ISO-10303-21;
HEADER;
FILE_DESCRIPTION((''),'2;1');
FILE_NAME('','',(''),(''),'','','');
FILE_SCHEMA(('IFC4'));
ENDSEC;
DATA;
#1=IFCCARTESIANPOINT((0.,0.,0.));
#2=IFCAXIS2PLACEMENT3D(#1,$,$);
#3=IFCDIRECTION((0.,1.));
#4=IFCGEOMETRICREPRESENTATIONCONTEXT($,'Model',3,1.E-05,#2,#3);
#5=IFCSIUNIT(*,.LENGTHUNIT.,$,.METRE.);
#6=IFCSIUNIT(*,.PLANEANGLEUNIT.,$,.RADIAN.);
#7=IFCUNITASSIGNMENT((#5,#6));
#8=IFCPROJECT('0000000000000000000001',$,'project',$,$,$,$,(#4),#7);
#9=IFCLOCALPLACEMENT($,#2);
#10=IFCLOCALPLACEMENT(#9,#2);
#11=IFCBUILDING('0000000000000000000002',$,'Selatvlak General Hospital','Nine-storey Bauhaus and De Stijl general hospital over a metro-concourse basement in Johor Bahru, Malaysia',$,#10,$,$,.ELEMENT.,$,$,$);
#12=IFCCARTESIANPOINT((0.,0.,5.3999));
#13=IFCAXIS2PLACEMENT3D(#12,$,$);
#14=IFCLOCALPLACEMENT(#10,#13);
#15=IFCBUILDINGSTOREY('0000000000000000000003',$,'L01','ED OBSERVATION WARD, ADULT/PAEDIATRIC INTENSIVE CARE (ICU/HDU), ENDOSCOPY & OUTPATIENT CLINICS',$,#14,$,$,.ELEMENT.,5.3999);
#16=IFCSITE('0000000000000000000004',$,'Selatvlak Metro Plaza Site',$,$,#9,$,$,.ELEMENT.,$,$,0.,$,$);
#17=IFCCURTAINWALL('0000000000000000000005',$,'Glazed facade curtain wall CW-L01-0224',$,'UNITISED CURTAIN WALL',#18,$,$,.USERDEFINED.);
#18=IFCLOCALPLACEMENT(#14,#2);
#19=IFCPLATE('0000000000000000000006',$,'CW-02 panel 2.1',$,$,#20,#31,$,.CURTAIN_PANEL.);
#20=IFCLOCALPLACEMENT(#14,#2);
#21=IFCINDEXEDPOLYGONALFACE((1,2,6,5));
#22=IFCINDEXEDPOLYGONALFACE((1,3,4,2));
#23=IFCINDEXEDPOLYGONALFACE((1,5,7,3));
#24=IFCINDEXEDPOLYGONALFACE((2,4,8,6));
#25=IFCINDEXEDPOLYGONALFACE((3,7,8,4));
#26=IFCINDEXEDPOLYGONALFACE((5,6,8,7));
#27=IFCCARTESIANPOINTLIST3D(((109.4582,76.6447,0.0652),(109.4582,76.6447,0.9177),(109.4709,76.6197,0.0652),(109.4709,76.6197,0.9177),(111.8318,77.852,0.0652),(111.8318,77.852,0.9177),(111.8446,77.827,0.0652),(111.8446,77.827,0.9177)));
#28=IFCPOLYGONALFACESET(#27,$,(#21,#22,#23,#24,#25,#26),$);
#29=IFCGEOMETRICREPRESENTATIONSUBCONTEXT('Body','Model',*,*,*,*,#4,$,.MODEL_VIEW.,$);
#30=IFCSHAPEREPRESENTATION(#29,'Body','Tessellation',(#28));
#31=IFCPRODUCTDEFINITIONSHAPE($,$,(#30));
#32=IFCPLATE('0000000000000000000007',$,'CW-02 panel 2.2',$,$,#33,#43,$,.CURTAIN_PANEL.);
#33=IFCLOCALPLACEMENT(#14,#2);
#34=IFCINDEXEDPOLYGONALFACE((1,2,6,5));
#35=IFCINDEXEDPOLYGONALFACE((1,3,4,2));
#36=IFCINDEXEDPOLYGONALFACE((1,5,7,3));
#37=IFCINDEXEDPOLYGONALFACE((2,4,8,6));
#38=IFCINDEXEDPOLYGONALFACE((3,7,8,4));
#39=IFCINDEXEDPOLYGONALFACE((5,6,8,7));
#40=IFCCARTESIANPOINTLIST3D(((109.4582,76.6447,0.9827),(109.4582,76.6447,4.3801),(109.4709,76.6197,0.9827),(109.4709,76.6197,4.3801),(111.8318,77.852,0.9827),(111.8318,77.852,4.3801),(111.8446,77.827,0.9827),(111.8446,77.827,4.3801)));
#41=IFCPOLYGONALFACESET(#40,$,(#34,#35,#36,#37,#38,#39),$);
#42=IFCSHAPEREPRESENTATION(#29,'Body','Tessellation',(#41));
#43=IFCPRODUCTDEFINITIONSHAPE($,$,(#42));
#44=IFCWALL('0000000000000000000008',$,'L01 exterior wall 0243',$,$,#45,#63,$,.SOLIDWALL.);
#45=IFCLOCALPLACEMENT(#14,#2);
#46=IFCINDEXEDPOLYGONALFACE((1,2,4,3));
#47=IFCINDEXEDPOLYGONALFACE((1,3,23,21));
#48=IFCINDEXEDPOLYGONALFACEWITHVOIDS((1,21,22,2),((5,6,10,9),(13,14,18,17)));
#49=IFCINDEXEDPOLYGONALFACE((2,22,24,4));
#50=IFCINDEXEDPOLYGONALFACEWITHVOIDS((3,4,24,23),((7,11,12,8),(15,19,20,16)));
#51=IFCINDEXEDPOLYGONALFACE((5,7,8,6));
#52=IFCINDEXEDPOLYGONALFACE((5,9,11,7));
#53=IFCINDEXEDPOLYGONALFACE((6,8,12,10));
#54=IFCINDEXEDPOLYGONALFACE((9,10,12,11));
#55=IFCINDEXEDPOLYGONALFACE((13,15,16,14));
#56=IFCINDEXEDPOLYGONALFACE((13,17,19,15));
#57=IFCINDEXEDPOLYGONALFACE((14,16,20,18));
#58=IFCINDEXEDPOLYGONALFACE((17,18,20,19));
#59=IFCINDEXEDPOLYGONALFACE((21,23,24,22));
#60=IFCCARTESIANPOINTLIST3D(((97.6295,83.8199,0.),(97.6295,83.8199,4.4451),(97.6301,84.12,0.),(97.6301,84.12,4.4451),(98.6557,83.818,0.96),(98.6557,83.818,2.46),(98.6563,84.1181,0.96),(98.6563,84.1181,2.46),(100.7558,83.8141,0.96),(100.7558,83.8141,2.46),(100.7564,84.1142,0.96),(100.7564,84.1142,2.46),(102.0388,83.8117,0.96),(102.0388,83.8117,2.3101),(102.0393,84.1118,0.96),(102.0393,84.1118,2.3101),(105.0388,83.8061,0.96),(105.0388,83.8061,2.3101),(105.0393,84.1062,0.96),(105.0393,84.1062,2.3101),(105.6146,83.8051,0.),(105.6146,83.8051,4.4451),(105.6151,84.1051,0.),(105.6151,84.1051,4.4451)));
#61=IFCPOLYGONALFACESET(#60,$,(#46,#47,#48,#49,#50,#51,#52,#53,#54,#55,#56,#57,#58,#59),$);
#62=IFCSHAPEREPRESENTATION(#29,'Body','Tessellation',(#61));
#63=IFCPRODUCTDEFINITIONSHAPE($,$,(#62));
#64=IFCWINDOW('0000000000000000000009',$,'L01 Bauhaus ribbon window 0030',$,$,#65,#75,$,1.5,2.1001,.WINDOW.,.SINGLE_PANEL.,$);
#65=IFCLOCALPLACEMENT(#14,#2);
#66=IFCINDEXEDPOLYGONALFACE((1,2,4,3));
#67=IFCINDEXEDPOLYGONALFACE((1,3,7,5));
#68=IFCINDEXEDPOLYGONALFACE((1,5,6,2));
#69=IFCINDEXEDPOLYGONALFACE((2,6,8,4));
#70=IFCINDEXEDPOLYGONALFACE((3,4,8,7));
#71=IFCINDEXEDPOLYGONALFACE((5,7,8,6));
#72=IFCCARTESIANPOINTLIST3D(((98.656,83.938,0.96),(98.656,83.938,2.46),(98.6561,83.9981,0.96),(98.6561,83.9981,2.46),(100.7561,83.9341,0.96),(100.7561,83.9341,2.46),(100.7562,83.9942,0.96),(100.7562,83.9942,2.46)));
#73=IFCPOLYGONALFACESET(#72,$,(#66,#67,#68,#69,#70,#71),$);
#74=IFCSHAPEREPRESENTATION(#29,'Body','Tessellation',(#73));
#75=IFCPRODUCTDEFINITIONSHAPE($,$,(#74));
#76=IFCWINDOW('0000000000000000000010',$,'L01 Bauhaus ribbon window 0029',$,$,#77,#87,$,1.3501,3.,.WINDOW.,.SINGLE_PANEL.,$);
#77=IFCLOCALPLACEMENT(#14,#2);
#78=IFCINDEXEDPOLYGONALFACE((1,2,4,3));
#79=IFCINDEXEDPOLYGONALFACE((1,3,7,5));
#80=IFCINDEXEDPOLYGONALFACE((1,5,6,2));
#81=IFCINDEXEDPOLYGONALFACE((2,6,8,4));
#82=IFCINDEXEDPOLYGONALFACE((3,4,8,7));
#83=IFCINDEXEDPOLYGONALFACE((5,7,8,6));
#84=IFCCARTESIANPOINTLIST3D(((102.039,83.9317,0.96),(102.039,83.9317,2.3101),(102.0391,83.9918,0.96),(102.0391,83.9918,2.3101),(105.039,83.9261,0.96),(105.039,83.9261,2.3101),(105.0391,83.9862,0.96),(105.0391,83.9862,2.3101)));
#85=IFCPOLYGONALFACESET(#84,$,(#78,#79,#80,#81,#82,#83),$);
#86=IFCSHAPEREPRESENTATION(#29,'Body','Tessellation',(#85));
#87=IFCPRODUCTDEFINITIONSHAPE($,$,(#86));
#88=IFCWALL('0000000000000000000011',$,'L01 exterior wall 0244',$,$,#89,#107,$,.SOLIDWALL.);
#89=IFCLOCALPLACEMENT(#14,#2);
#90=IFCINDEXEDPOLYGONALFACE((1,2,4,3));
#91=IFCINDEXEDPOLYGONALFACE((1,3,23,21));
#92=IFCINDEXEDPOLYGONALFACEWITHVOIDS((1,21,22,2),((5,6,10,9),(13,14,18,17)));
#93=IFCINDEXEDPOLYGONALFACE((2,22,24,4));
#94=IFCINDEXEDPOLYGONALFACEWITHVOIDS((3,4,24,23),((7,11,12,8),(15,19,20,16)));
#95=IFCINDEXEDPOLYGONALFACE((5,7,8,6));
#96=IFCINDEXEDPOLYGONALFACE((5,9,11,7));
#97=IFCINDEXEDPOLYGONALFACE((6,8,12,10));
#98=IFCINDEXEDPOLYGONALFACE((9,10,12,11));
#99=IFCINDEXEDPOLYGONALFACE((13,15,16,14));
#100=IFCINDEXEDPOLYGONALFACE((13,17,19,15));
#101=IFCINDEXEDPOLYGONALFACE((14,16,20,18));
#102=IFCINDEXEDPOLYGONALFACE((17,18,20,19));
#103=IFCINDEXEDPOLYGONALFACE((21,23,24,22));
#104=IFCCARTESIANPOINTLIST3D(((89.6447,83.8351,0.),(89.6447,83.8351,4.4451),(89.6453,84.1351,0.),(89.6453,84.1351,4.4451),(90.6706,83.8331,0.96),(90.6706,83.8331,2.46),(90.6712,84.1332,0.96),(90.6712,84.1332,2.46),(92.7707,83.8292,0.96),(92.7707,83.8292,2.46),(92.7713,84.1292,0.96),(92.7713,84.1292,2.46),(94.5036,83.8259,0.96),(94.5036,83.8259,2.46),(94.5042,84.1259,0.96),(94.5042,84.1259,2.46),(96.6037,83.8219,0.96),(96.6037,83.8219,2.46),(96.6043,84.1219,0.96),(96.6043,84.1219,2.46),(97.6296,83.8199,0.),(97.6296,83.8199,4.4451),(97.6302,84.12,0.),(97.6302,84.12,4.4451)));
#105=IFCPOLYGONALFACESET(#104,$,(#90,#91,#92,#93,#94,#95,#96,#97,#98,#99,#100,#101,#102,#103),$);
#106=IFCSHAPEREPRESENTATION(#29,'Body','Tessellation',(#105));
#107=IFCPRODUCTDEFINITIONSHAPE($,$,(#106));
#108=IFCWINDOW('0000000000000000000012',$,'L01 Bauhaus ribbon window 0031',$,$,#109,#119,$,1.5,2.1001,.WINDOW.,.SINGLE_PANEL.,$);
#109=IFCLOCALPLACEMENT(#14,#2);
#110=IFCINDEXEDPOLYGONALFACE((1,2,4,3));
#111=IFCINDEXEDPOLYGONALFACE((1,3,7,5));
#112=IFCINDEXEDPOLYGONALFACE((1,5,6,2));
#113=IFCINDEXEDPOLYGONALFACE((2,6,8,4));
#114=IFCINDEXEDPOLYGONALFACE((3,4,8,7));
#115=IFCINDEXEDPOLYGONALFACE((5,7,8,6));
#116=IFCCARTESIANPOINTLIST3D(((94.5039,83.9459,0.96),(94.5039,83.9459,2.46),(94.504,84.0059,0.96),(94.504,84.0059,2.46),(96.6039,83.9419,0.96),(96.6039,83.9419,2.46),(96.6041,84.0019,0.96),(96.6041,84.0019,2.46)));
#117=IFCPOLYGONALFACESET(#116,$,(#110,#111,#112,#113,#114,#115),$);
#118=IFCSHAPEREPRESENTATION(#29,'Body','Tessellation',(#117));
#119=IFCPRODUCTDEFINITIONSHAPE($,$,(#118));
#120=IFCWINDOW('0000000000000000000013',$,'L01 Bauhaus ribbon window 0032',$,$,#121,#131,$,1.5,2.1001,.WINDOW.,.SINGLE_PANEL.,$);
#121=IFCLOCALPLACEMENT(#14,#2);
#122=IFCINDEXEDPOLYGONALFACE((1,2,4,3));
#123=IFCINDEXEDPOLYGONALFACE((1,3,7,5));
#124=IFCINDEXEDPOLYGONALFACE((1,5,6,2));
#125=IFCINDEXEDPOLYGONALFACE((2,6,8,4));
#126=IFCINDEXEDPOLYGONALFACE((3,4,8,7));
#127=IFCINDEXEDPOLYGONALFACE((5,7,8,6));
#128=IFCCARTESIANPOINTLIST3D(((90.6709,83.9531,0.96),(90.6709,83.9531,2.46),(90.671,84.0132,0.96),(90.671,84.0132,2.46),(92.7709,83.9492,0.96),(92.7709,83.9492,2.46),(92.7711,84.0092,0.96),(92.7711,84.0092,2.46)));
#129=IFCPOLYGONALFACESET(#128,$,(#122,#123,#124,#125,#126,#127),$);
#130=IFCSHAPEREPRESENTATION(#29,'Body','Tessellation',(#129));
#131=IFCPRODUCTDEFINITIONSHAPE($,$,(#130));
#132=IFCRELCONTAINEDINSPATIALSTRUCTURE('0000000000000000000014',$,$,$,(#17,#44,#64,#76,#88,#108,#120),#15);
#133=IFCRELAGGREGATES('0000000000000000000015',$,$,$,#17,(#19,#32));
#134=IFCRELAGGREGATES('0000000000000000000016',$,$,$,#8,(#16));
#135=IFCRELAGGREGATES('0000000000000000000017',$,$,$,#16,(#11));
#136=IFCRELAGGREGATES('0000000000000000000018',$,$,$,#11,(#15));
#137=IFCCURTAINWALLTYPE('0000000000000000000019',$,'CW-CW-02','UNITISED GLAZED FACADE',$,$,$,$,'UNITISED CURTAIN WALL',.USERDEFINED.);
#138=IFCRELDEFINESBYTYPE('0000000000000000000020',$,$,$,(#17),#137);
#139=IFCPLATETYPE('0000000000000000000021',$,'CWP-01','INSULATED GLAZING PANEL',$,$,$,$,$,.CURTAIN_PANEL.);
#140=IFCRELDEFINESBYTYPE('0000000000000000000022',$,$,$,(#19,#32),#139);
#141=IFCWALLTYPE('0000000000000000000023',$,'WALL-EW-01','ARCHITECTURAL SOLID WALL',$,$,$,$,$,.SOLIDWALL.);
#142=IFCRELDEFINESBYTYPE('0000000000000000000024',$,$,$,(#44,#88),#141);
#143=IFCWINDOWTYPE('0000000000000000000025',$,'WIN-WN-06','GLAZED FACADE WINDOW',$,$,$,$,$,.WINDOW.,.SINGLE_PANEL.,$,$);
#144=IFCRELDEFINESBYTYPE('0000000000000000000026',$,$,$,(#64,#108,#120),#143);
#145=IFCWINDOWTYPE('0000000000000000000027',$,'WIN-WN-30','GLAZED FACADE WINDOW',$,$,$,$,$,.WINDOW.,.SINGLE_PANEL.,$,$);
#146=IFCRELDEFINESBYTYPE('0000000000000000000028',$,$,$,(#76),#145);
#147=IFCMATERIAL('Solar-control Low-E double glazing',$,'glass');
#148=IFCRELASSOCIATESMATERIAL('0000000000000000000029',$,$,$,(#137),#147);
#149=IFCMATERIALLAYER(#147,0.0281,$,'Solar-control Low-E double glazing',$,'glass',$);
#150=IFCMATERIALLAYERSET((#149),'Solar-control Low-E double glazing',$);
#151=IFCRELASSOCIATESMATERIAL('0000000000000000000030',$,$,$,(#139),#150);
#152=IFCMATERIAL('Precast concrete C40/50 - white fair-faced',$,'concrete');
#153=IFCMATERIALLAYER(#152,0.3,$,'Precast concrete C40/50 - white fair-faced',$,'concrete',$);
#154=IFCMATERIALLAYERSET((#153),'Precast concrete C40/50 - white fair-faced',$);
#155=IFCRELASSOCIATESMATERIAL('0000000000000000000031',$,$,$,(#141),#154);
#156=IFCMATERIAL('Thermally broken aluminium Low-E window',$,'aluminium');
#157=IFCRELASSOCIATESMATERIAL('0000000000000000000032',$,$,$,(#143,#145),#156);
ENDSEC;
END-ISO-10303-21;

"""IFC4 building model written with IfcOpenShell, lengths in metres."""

from ifc_helpers import new_model, si_unit, direction, frame, frame_2d, origin, origin_2d, place, context, subcontext, project, spatial, rectangle, extrude, material, layer, layer_set, type_object, element, fill, aggregate, save


model = new_model("IFC4")

# Units and contexts
model_context = context("Model", 3, precision=1e-05, world=origin(), true_north=direction((0.0, 1.0)))
body_context = subcontext(model_context, "Body", "Model", "MODEL_VIEW")
ifc_project = project(units=[si_unit("LENGTHUNIT", "METRE"), si_unit("PLANEANGLEUNIT", "RADIAN")], contexts=[model_context])

# Site, building, storey
site_placement = place(None, origin())
site = spatial("IfcSite", under=ifc_project, at=site_placement, Name="Selatvlak Metro Plaza Site", CompositionType="ELEMENT", RefElevation=0.0)
building_placement = place(site_placement, origin())
building = spatial("IfcBuilding", under=site, at=building_placement, Name="Selatvlak General Hospital", Description="Nine-storey Bauhaus and De Stijl general hospital over a metro-concourse basement in Johor Bahru, Malaysia", CompositionType="ELEMENT")
storey_placement = place(building_placement, frame((0.0, 0.0, 5.3999)))
storey = spatial("IfcBuildingStorey", under=building, at=storey_placement, Name="L01", Description="ED OBSERVATION WARD, ADULT/PAEDIATRIC INTENSIVE CARE (ICU/HDU), ENDOSCOPY & OUTPATIENT CLINICS", CompositionType="ELEMENT", Elevation=5.3999)

# Curtain wall, plates
ifc_material_1 = material(Name="Solar-control Low-E double glazing", Category="glass")
curtain_wall_type = type_object("IfcCurtainWallType", Name="CW-CW-02", Description="UNITISED GLAZED FACADE", ElementType="UNITISED CURTAIN WALL", PredefinedType="USERDEFINED", material=ifc_material_1)
curtain_wall_placement = place(storey_placement, origin())
curtain_wall = element("IfcCurtainWall", 1, at=curtain_wall_placement, inside=storey, type_object=curtain_wall_type, Name="Glazed facade curtain wall CW-L01-0224", ObjectType="UNITISED CURTAIN WALL", PredefinedType="USERDEFINED")
ifc_layer_1 = layer(ifc_material_1, 0.0281, Name="Solar-control Low-E double glazing", Category="glass")
ifc_layer_set_1 = layer_set([ifc_layer_1], Name="Solar-control Low-E double glazing")
plate_type = type_object("IfcPlateType", Name="CWP-01", Description="INSULATED GLAZING PANEL", PredefinedType="CURTAIN_PANEL", material=ifc_layer_set_1)
plate_1_placement = place(storey_placement, frame((110.6514, 77.2358, 0.0652), z_axis=(0.0, 0.0, 1.0), x_axis=(0.891327, 0.453361, 0.0)))
plate_1 = element("IfcPlate", 2, at=plate_1_placement, type_object=plate_type, Name="CW-02 panel 2.1", PredefinedType="CURTAIN_PANEL", context=body_context, shape_type="SweptSolid", body=[
    extrude(rectangle(XDim=2.6631, YDim=0.0281, at=origin_2d()), origin(), (0.0, 0.0, 1.0), 0.8525),
])
plate_2_placement = place(storey_placement, frame((110.6514, 77.2358, 0.9827), z_axis=(0.0, 0.0, 1.0), x_axis=(0.891327, 0.453361, 0.0)))
plate_2 = element("IfcPlate", 3, at=plate_2_placement, type_object=plate_type, Name="CW-02 panel 2.2", PredefinedType="CURTAIN_PANEL", context=body_context, shape_type="SweptSolid", body=[
    extrude(rectangle(XDim=2.6631, YDim=0.0281, at=origin_2d()), origin(), (0.0, 0.0, 1.0), 3.3975),
])
aggregate(curtain_wall, [plate_1, plate_2])

# Walls, openings, windows
ifc_material_2 = material(Name="Precast concrete C40/50 - white fair-faced", Category="concrete")
ifc_layer_2 = layer(ifc_material_2, 0.3, Name="Precast concrete C40/50 - white fair-faced", Category="concrete")
ifc_layer_set_2 = layer_set([ifc_layer_2], Name="Precast concrete C40/50 - white fair-faced")
wall_type = type_object("IfcWallType", Name="WALL-EW-01", Description="ARCHITECTURAL SOLID WALL", PredefinedType="SOLIDWALL", material=ifc_layer_set_2)
wall_1_placement = place(storey_placement, frame((105.615, 83.9551, 0.0), z_axis=(0.0, 0.0, 1.0), x_axis=(-0.999998, 0.001865, 0.0)))
wall_1 = element("IfcWall", 4, at=wall_1_placement, inside=storey, type_object=wall_type, Name="L01 exterior wall 0243", PredefinedType="SOLIDWALL", context=body_context, shape_type="SweptSolid", body=[
    extrude(rectangle(XDim=7.9851, YDim=0.3, at=frame_2d((3.9927, 0.0))), origin(), (0.0, 0.0, 1.0), 4.4451),
])
opening_1_placement = place(wall_1_placement, frame((0.5759, 0.0, 0.96)))
opening_1 = element("IfcOpeningElement", 5, at=opening_1_placement, cuts=wall_1, PredefinedType="OPENING", context=body_context, shape_type="SweptSolid", body=[
    extrude(rectangle(XDim=3.0, YDim=1.3501, at=frame_2d((1.5, 0.675))), frame((0.0, 0.1599, 0.0), z_axis=(0.0, -1.0, 0.0), x_axis=(1.0, 0.0, 0.0)), (0.0, 0.0, 1.0), 0.3201),
])
opening_2_placement = place(wall_1_placement, frame((4.8589, 0.0, 0.96)))
opening_2 = element("IfcOpeningElement", 6, at=opening_2_placement, cuts=wall_1, PredefinedType="OPENING", context=body_context, shape_type="SweptSolid", body=[
    extrude(rectangle(XDim=2.1001, YDim=1.5, at=frame_2d((1.05, 0.75))), frame((0.0, 0.1599, 0.0), z_axis=(0.0, -1.0, 0.0), x_axis=(1.0, 0.0, 0.0)), (0.0, 0.0, 1.0), 0.3201),
])
ifc_material_3 = material(Name="Thermally broken aluminium Low-E window", Category="aluminium")
window_type_1 = type_object("IfcWindowType", Name="WIN-WN-06", Description="GLAZED FACADE WINDOW", PartitioningType="SINGLE_PANEL", PredefinedType="WINDOW", material=ifc_material_3)
window_1_placement = place(opening_2_placement, origin())
window_1 = element("IfcWindow", 7, at=window_1_placement, inside=storey, type_object=window_type_1, Name="L01 Bauhaus ribbon window 0030", OverallHeight=1.5, OverallWidth=2.1001, PartitioningType="SINGLE_PANEL", PredefinedType="WINDOW", context=body_context, shape_type="SweptSolid", body=[
    extrude(rectangle(XDim=2.1001, YDim=1.5, at=frame_2d((1.05, 0.75))), frame((0.0, 0.03, 0.0), z_axis=(0.0, -1.0, 0.0), x_axis=(1.0, 0.0, 0.0)), (0.0, 0.0, 1.0), 0.0601),
])
fill(opening_2, window_1)
window_type_2 = type_object("IfcWindowType", Name="WIN-WN-30", Description="GLAZED FACADE WINDOW", PartitioningType="SINGLE_PANEL", PredefinedType="WINDOW", material=ifc_material_3)
window_2_placement = place(opening_1_placement, origin())
window_2 = element("IfcWindow", 8, at=window_2_placement, inside=storey, type_object=window_type_2, Name="L01 Bauhaus ribbon window 0029", OverallHeight=1.3501, OverallWidth=3.0, PartitioningType="SINGLE_PANEL", PredefinedType="WINDOW", context=body_context, shape_type="SweptSolid", body=[
    extrude(rectangle(XDim=3.0, YDim=1.3501, at=frame_2d((1.5, 0.675))), frame((0.0, 0.03, 0.0), z_axis=(0.0, -1.0, 0.0), x_axis=(1.0, 0.0, 0.0)), (0.0, 0.0, 1.0), 0.0601),
])
fill(opening_1, window_2)
wall_2_placement = place(storey_placement, frame((97.6299, 83.97, 0.0), z_axis=(0.0, 0.0, 1.0), x_axis=(-0.999998, 0.001896, 0.0)))
wall_2 = element("IfcWall", 9, at=wall_2_placement, inside=storey, type_object=wall_type, Name="L01 exterior wall 0244", PredefinedType="SOLIDWALL", context=body_context, shape_type="SweptSolid", body=[
    extrude(rectangle(XDim=7.9849, YDim=0.3, at=frame_2d((3.9924, 0.0))), origin(), (0.0, 0.0, 1.0), 4.4451),
])
opening_3_placement = place(wall_2_placement, frame((1.0259, 0.0, 0.96)))
opening_3 = element("IfcOpeningElement", 10, at=opening_3_placement, cuts=wall_2, PredefinedType="OPENING", context=body_context, shape_type="SweptSolid", body=[
    extrude(rectangle(XDim=2.1001, YDim=1.5, at=frame_2d((1.05, 0.75))), frame((0.0, 0.1599, 0.0), z_axis=(0.0, -1.0, 0.0), x_axis=(1.0, 0.0, 0.0)), (0.0, 0.0, 1.0), 0.3201),
])
opening_4_placement = place(wall_2_placement, frame((4.8589, 0.0, 0.96)))
opening_4 = element("IfcOpeningElement", 11, at=opening_4_placement, cuts=wall_2, PredefinedType="OPENING", context=body_context, shape_type="SweptSolid", body=[
    extrude(rectangle(XDim=2.1001, YDim=1.5, at=frame_2d((1.05, 0.75))), frame((0.0, 0.1599, 0.0), z_axis=(0.0, -1.0, 0.0), x_axis=(1.0, 0.0, 0.0)), (0.0, 0.0, 1.0), 0.3201),
])
window_3_placement = place(opening_3_placement, origin())
window_3 = element("IfcWindow", 12, at=window_3_placement, inside=storey, type_object=window_type_1, Name="L01 Bauhaus ribbon window 0031", OverallHeight=1.5, OverallWidth=2.1001, PartitioningType="SINGLE_PANEL", PredefinedType="WINDOW", context=body_context, shape_type="SweptSolid", body=[
    extrude(rectangle(XDim=2.1001, YDim=1.5, at=frame_2d((1.05, 0.75))), frame((0.0, 0.03, 0.0), z_axis=(0.0, -1.0, 0.0), x_axis=(1.0, 0.0, 0.0)), (0.0, 0.0, 1.0), 0.0601),
])
fill(opening_3, window_3)
window_4_placement = place(opening_4_placement, origin())
window_4 = element("IfcWindow", 13, at=window_4_placement, inside=storey, type_object=window_type_1, Name="L01 Bauhaus ribbon window 0032", OverallHeight=1.5, OverallWidth=2.1001, PartitioningType="SINGLE_PANEL", PredefinedType="WINDOW", context=body_context, shape_type="SweptSolid", body=[
    extrude(rectangle(XDim=2.1001, YDim=1.5, at=frame_2d((1.05, 0.75))), frame((0.0, 0.03, 0.0), z_axis=(0.0, -1.0, 0.0), x_axis=(1.0, 0.0, 0.0)), (0.0, 0.0, 1.0), 0.0601),
])
fill(opening_4, window_4)

save(model, "model.ifc")
